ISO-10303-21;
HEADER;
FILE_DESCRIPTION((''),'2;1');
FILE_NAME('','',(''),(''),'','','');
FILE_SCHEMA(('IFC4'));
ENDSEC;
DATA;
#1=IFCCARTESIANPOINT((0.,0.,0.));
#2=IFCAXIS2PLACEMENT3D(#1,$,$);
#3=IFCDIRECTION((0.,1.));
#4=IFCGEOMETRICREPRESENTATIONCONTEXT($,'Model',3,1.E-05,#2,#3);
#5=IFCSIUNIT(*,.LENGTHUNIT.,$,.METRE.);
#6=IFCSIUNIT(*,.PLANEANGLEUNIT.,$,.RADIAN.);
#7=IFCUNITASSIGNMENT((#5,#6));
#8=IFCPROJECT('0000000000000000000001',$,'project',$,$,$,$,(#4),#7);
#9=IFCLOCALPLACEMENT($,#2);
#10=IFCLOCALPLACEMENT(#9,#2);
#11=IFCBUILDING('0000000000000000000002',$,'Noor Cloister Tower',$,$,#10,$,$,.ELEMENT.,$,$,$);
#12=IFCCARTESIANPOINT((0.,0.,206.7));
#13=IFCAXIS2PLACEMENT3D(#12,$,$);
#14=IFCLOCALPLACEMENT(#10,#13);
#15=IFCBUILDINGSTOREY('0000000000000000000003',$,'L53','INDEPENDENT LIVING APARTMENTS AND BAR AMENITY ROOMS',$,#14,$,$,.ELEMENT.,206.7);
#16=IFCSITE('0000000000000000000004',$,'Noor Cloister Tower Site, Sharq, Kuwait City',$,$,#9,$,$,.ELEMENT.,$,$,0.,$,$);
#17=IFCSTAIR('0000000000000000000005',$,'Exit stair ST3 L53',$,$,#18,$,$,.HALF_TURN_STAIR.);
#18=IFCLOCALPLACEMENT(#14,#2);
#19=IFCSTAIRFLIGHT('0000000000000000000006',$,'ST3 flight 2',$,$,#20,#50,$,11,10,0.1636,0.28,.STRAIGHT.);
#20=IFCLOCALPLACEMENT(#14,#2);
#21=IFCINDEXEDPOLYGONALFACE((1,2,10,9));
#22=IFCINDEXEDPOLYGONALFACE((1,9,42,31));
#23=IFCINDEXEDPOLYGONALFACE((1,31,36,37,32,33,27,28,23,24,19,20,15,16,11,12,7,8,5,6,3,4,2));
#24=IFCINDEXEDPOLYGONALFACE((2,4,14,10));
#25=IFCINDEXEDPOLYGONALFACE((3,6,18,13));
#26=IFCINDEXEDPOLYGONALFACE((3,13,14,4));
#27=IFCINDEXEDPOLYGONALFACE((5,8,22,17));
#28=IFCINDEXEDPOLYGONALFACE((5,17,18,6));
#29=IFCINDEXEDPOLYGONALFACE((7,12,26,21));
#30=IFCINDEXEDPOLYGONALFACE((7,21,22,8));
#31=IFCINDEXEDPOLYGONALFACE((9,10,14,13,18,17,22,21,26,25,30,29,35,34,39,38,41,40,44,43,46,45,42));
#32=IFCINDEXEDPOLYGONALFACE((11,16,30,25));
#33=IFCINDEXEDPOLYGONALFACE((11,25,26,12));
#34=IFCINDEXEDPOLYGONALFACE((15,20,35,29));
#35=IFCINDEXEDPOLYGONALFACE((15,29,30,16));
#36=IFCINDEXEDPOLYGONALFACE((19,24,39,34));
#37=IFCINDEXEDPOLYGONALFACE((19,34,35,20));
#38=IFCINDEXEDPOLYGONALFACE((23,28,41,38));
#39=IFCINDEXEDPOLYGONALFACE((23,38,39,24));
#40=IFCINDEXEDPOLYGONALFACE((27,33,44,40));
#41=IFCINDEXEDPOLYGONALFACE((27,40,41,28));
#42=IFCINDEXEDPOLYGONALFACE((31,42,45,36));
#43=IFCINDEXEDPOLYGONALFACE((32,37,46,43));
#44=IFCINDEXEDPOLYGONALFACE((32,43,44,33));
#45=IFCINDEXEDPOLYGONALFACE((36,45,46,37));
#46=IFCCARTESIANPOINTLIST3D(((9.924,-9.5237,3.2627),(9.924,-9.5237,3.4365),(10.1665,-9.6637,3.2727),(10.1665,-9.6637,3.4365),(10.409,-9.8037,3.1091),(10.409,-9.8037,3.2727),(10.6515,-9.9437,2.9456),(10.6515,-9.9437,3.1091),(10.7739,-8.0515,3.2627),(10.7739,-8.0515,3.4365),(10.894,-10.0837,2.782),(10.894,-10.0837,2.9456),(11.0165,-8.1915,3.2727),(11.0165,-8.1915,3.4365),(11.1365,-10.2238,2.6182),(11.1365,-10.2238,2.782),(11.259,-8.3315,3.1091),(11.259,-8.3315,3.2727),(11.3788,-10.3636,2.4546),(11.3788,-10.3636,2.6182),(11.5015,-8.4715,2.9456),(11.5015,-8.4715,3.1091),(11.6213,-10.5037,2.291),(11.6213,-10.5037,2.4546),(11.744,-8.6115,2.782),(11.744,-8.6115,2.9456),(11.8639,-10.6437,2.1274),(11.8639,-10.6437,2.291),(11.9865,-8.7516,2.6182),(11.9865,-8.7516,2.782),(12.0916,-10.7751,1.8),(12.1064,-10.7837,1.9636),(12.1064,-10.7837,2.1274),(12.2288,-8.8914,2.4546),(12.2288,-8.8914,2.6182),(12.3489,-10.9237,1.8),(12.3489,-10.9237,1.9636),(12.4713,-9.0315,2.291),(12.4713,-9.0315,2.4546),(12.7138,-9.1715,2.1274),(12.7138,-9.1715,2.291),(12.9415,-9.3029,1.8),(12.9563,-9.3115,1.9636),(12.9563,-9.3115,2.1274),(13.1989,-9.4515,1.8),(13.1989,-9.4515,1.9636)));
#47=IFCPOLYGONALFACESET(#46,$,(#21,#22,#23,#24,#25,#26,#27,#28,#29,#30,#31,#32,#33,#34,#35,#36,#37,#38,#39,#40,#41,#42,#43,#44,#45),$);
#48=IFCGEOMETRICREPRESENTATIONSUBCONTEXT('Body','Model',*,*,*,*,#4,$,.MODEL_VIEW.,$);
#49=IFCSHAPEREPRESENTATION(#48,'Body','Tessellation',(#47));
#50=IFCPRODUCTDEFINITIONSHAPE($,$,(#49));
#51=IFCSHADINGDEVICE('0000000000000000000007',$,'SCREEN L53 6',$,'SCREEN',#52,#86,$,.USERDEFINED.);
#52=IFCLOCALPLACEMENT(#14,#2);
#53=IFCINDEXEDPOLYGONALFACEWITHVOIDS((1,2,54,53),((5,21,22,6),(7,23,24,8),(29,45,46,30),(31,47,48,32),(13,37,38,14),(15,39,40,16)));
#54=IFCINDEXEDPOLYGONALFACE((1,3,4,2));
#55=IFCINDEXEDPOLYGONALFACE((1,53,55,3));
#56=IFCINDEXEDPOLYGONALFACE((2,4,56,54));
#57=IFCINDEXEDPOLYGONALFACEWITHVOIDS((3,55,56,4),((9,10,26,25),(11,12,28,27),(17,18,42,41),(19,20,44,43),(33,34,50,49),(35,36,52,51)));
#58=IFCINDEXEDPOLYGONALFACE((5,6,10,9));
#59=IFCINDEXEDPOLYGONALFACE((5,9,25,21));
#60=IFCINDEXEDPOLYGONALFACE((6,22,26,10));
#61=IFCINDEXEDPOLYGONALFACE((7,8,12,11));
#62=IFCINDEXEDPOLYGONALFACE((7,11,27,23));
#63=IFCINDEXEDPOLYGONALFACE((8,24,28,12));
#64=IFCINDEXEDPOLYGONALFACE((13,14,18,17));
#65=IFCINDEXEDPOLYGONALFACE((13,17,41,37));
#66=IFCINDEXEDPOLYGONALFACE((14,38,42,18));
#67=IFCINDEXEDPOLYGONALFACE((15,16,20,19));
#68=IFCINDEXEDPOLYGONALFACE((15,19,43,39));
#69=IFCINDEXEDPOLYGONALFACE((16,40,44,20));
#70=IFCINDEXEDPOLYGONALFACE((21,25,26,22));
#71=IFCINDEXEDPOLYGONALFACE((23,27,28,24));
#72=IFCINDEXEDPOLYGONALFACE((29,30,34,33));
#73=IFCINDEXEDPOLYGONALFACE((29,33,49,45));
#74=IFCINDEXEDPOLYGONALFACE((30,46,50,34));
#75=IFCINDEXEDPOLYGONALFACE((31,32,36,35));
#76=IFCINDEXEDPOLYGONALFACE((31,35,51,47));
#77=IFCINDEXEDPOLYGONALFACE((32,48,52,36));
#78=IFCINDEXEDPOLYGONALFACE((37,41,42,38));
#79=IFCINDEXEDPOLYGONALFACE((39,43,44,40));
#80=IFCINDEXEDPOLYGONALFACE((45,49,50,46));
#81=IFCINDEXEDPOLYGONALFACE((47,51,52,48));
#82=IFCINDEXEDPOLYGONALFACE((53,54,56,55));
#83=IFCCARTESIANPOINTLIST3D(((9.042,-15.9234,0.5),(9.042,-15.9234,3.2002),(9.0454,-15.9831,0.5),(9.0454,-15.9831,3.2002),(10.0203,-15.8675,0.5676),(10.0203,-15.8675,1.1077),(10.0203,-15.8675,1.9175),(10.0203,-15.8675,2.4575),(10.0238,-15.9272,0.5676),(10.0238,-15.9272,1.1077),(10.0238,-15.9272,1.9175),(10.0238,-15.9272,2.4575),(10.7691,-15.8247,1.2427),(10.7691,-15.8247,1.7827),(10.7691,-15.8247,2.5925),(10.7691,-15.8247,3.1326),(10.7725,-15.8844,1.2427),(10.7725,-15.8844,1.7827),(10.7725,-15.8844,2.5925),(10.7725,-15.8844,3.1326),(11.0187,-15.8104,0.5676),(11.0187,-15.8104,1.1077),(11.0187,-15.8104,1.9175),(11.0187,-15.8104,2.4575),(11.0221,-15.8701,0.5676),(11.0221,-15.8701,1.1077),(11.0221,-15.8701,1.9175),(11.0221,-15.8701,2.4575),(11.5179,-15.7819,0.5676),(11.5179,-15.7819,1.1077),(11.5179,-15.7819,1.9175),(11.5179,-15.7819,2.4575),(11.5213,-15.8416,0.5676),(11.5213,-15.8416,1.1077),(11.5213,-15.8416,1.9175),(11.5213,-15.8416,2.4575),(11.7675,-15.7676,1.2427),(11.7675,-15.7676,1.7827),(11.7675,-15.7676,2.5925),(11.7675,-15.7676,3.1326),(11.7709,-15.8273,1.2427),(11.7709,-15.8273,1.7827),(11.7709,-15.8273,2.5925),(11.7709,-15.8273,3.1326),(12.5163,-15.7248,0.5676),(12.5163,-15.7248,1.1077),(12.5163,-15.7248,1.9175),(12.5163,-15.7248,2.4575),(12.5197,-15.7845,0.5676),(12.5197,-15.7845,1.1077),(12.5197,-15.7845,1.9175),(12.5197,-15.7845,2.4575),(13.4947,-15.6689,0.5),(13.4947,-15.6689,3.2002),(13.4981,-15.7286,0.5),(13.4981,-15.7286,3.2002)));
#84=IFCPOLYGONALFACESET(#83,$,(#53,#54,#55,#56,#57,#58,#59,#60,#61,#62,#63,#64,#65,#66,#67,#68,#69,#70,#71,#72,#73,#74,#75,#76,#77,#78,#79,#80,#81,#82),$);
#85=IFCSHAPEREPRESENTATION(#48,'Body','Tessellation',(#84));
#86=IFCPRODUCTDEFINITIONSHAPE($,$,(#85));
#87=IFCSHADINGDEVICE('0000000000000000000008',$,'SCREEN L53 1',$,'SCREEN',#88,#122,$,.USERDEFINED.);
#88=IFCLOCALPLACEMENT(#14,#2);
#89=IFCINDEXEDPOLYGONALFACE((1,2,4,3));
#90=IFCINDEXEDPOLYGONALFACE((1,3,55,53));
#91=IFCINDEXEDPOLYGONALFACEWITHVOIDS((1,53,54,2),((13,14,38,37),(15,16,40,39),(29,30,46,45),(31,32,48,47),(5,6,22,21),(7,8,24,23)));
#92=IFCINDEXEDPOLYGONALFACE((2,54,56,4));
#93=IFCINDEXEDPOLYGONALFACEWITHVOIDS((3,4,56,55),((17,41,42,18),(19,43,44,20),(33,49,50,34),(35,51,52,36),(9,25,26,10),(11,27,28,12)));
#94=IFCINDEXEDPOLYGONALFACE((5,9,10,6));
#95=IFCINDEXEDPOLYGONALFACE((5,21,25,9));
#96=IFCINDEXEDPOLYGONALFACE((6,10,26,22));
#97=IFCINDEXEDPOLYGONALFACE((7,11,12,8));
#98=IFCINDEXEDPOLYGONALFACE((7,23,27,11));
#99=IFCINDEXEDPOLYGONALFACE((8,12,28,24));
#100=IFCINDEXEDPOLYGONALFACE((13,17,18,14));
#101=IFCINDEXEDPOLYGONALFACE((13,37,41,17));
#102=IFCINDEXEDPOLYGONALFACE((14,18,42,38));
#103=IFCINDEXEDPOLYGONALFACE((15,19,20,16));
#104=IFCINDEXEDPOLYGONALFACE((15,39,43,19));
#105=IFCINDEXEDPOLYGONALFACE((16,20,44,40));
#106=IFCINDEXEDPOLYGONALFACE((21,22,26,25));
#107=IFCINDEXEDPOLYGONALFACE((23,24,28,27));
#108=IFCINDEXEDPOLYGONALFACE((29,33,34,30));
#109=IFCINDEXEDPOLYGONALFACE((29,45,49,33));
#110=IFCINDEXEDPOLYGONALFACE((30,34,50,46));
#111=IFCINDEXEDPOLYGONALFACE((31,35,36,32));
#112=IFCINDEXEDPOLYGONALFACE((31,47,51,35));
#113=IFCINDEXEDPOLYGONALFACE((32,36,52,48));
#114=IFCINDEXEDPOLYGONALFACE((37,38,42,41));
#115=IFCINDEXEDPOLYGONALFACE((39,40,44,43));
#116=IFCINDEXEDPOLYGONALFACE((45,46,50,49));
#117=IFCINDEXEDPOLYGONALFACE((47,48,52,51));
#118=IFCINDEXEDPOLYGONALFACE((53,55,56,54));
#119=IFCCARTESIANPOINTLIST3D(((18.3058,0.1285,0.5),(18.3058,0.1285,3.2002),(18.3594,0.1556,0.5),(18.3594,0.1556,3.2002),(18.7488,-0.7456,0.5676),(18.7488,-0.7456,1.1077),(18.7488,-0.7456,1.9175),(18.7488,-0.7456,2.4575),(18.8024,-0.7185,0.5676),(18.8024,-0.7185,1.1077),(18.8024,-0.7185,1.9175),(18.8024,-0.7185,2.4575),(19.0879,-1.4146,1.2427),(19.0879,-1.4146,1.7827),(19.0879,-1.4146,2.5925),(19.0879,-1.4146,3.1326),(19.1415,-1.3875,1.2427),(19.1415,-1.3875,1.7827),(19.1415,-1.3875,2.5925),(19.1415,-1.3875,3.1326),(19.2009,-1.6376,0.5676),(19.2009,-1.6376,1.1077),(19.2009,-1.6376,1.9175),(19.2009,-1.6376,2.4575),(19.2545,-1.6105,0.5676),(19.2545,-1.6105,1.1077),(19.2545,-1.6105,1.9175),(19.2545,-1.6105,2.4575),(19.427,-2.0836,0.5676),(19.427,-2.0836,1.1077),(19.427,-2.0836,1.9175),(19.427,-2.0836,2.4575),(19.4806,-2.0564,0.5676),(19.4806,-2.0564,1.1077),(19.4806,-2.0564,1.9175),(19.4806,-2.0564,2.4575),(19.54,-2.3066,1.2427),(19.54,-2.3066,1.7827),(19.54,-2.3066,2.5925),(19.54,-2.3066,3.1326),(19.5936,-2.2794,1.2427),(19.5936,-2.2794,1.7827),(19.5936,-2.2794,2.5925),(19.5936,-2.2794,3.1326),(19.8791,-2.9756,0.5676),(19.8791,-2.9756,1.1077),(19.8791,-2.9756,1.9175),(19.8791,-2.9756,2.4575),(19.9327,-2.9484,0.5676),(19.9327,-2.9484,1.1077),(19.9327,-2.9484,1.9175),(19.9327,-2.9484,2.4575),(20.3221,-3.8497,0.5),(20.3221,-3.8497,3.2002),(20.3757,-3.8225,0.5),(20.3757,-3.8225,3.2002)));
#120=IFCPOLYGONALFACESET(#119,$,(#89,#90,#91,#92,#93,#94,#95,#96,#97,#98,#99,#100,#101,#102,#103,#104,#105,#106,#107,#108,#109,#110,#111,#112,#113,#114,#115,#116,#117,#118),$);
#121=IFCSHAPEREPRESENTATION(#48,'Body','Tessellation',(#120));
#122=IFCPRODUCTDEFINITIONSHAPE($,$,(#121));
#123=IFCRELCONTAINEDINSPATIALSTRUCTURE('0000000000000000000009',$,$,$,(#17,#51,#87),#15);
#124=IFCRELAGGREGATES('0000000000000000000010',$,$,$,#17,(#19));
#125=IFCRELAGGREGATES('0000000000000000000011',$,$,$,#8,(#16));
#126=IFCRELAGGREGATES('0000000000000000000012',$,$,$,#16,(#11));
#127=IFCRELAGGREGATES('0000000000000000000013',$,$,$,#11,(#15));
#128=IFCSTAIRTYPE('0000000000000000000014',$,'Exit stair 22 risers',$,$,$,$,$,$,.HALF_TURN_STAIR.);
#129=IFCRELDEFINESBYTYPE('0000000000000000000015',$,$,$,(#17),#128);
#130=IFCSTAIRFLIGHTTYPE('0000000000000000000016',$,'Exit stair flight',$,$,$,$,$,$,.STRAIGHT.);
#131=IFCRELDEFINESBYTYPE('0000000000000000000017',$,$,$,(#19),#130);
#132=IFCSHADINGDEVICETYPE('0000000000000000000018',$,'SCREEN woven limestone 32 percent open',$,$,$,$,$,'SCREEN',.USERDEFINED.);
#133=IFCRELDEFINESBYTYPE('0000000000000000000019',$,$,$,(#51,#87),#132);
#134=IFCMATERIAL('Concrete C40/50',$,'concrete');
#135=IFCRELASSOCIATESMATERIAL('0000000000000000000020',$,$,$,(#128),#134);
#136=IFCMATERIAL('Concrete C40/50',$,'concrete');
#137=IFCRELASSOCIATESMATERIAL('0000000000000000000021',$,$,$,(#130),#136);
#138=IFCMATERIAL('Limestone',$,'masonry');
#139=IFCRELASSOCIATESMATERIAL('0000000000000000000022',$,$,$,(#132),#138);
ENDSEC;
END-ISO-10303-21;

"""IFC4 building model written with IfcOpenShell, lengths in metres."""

from ifc_helpers import new_model, si_unit, direction, frame, origin, place, context, subcontext, project, spatial, polyline, outline, extrude, material, material_profile, profile_set, type_object, element, aggregate, save


model = new_model("IFC4")

# Units and contexts
model_context = context("Model", 3, precision=1e-05, world=origin(), true_north=direction((0.0, 1.0)))
body_context = subcontext(model_context, "Body", "Model", "MODEL_VIEW")
ifc_project = project(units=[si_unit("LENGTHUNIT", "METRE"), si_unit("PLANEANGLEUNIT", "RADIAN")], contexts=[model_context])

# Site, building, storey
site_placement = place(None, origin())
site = spatial("IfcSite", under=ifc_project, at=site_placement, Name="Noor Cloister Tower Site, Sharq, Kuwait City", CompositionType="ELEMENT", RefElevation=0.0)
building_placement = place(site_placement, origin())
building = spatial("IfcBuilding", under=site, at=building_placement, Name="Noor Cloister Tower", CompositionType="ELEMENT")
storey_placement = place(building_placement, frame((0.0, 0.0, 206.7)))
storey = spatial("IfcBuildingStorey", under=building, at=storey_placement, Name="L53", Description="INDEPENDENT LIVING APARTMENTS AND BAR AMENITY ROOMS", CompositionType="ELEMENT", Elevation=206.7)

# Stair, stair flight
ifc_material_1 = material(Name="Concrete C40/50", Category="concrete")
stair_type = type_object("IfcStairType", Name="Exit stair 22 risers", PredefinedType="HALF_TURN_STAIR", material=ifc_material_1)
stair_placement = place(storey_placement, origin())
stair = element("IfcStair", 1, at=stair_placement, inside=storey, type_object=stair_type, Name="Exit stair ST3 L53", PredefinedType="HALF_TURN_STAIR")
ifc_material_2 = material(Name="Concrete C40/50", Category="concrete")
stair_flight_type = type_object("IfcStairFlightType", Name="Exit stair flight", PredefinedType="STRAIGHT", material=ifc_material_2)
stair_flight_1_placement = place(storey_placement, frame((12.7739, -10.1875, 1.8), z_axis=(0.0, 0.0, 1.0), x_axis=(-0.866025, 0.5, 0.0)))
stair_flight_1 = element("IfcStairFlight", 2, at=stair_flight_1_placement, type_object=stair_flight_type, Name="ST3 flight 2", NumberOfRisers=11, NumberOfTreads=10, PredefinedType="STRAIGHT", RiserHeight=0.1636, TreadLength=0.28, context=body_context, shape_type="SweptSolid", body=[
    extrude(outline(polyline([(0.0, 0.0), (0.0, 0.1636), (0.28, 0.1636), (0.28, 0.3274), (0.5601, 0.3274), (0.5601, 0.491), (0.8401, 0.491), (0.8401, 0.6545), (1.1201, 0.6545), (1.1201, 0.8181), (1.3999, 0.8181), (1.3999, 0.9819), (1.6799, 0.9819), (1.6799, 1.1455), (1.96, 1.1455), (1.96, 1.3091), (2.24, 1.3091), (2.24, 1.4727), (2.52, 1.4727), (2.52, 1.6365), (2.8, 1.6365), (2.8, 1.8), (2.8, 1.4626), (0.2971, 0.0), (0.0, 0.0)])), frame((0.0, 0.8501, 0.0), z_axis=(0.0, -1.0, 0.0), x_axis=(1.0, 0.0, 0.0)), (0.0, 0.0, 1.0), 1.7),
])
aggregate(stair, [stair_flight_1])

# Shading devices
ifc_material_3 = material(Name="Limestone", Category="masonry")
ifc_material_profile_1 = material_profile(ifc_material_3, outline(polyline([(-2.23, -1.3501), (2.23, -1.3501), (2.23, 1.3501), (-2.23, 1.3501), (-2.23, -1.3501)]), holes=[polyline([(-1.25, -1.2825), (-0.25, -1.2825), (-0.25, -0.7424), (-1.25, -0.7424), (-1.25, -1.2825)]), polyline([(0.25, -1.2825), (1.25, -1.2825), (1.25, -0.7424), (0.25, -0.7424), (0.25, -1.2825)]), polyline([(-0.5, -0.6074), (0.5, -0.6074), (0.5, -0.0674), (-0.5, -0.0674), (-0.5, -0.6074)]), polyline([(-1.25, 0.0674), (-0.25, 0.0674), (-0.25, 0.6074), (-1.25, 0.6074), (-1.25, 0.0674)]), polyline([(0.25, 0.0674), (1.25, 0.0674), (1.25, 0.6074), (0.25, 0.6074), (0.25, 0.0674)]), polyline([(-0.5, 0.7424), (0.5, 0.7424), (0.5, 1.2825), (-0.5, 1.2825), (-0.5, 0.7424)])]), Name="Woven screen 32 percent open")
ifc_profile_set_1 = profile_set([ifc_material_profile_1], Name="Limestone")
shading_device_type = type_object("IfcShadingDeviceType", Name="SCREEN woven limestone 32 percent open", ElementType="SCREEN", PredefinedType="USERDEFINED", material=ifc_profile_set_1)
shading_device_1_placement = place(storey_placement, frame((11.2683, -15.7961, 1.8501), z_axis=(0.05705, -0.998371, 0.0), x_axis=(0.998371, 0.05705, 0.0)))
element("IfcShadingDevice", 3, at=shading_device_1_placement, inside=storey, type_object=shading_device_type, Name="SCREEN L53 6", ObjectType="SCREEN", PredefinedType="USERDEFINED", context=body_context, shape_type="SweptSolid", body=[
    extrude(outline(polyline([(-2.23, -1.3501), (2.23, -1.3501), (2.23, 1.3501), (-2.23, 1.3501), (-2.23, -1.3501)]), holes=[polyline([(-1.25, -1.2825), (-0.25, -1.2825), (-0.25, -0.7424), (-1.25, -0.7424), (-1.25, -1.2825)]), polyline([(0.25, -1.2825), (1.25, -1.2825), (1.25, -0.7424), (0.25, -0.7424), (0.25, -1.2825)]), polyline([(-0.5, -0.6074), (0.5, -0.6074), (0.5, -0.0674), (-0.5, -0.0674), (-0.5, -0.6074)]), polyline([(-1.25, 0.0674), (-0.25, 0.0674), (-0.25, 0.6074), (-1.25, 0.6074), (-1.25, 0.0674)]), polyline([(0.25, 0.0674), (1.25, 0.0674), (1.25, 0.6074), (0.25, 0.6074), (0.25, 0.0674)]), polyline([(-0.5, 0.7424), (0.5, 0.7424), (0.5, 1.2825), (-0.5, 1.2825), (-0.5, 0.7424)])]), origin(), (0.0, 0.0, 1.0), 0.0598),
])
shading_device_2_placement = place(storey_placement, frame((19.314, -1.8606, 1.8501), z_axis=(0.89197, 0.452094, 0.0), x_axis=(-0.452094, 0.89197, 0.0)))
element("IfcShadingDevice", 4, at=shading_device_2_placement, inside=storey, type_object=shading_device_type, Name="SCREEN L53 1", ObjectType="SCREEN", PredefinedType="USERDEFINED", context=body_context, shape_type="SweptSolid", body=[
    extrude(outline(polyline([(-2.23, -1.3501), (2.23, -1.3501), (2.23, 1.3501), (-2.23, 1.3501), (-2.23, -1.3501)]), holes=[polyline([(-1.25, -1.2825), (-0.25, -1.2825), (-0.25, -0.7424), (-1.25, -0.7424), (-1.25, -1.2825)]), polyline([(0.25, -1.2825), (1.25, -1.2825), (1.25, -0.7424), (0.25, -0.7424), (0.25, -1.2825)]), polyline([(-0.5, -0.6074), (0.5, -0.6074), (0.5, -0.0674), (-0.5, -0.0674), (-0.5, -0.6074)]), polyline([(-1.25, 0.0674), (-0.25, 0.0674), (-0.25, 0.6074), (-1.25, 0.6074), (-1.25, 0.0674)]), polyline([(0.25, 0.0674), (1.25, 0.0674), (1.25, 0.6074), (0.25, 0.6074), (0.25, 0.0674)]), polyline([(-0.5, 0.7424), (0.5, 0.7424), (0.5, 1.2825), (-0.5, 1.2825), (-0.5, 0.7424)])]), origin(), (0.0, 0.0, 1.0), 0.0601),
])

save(model, "model.ifc")
